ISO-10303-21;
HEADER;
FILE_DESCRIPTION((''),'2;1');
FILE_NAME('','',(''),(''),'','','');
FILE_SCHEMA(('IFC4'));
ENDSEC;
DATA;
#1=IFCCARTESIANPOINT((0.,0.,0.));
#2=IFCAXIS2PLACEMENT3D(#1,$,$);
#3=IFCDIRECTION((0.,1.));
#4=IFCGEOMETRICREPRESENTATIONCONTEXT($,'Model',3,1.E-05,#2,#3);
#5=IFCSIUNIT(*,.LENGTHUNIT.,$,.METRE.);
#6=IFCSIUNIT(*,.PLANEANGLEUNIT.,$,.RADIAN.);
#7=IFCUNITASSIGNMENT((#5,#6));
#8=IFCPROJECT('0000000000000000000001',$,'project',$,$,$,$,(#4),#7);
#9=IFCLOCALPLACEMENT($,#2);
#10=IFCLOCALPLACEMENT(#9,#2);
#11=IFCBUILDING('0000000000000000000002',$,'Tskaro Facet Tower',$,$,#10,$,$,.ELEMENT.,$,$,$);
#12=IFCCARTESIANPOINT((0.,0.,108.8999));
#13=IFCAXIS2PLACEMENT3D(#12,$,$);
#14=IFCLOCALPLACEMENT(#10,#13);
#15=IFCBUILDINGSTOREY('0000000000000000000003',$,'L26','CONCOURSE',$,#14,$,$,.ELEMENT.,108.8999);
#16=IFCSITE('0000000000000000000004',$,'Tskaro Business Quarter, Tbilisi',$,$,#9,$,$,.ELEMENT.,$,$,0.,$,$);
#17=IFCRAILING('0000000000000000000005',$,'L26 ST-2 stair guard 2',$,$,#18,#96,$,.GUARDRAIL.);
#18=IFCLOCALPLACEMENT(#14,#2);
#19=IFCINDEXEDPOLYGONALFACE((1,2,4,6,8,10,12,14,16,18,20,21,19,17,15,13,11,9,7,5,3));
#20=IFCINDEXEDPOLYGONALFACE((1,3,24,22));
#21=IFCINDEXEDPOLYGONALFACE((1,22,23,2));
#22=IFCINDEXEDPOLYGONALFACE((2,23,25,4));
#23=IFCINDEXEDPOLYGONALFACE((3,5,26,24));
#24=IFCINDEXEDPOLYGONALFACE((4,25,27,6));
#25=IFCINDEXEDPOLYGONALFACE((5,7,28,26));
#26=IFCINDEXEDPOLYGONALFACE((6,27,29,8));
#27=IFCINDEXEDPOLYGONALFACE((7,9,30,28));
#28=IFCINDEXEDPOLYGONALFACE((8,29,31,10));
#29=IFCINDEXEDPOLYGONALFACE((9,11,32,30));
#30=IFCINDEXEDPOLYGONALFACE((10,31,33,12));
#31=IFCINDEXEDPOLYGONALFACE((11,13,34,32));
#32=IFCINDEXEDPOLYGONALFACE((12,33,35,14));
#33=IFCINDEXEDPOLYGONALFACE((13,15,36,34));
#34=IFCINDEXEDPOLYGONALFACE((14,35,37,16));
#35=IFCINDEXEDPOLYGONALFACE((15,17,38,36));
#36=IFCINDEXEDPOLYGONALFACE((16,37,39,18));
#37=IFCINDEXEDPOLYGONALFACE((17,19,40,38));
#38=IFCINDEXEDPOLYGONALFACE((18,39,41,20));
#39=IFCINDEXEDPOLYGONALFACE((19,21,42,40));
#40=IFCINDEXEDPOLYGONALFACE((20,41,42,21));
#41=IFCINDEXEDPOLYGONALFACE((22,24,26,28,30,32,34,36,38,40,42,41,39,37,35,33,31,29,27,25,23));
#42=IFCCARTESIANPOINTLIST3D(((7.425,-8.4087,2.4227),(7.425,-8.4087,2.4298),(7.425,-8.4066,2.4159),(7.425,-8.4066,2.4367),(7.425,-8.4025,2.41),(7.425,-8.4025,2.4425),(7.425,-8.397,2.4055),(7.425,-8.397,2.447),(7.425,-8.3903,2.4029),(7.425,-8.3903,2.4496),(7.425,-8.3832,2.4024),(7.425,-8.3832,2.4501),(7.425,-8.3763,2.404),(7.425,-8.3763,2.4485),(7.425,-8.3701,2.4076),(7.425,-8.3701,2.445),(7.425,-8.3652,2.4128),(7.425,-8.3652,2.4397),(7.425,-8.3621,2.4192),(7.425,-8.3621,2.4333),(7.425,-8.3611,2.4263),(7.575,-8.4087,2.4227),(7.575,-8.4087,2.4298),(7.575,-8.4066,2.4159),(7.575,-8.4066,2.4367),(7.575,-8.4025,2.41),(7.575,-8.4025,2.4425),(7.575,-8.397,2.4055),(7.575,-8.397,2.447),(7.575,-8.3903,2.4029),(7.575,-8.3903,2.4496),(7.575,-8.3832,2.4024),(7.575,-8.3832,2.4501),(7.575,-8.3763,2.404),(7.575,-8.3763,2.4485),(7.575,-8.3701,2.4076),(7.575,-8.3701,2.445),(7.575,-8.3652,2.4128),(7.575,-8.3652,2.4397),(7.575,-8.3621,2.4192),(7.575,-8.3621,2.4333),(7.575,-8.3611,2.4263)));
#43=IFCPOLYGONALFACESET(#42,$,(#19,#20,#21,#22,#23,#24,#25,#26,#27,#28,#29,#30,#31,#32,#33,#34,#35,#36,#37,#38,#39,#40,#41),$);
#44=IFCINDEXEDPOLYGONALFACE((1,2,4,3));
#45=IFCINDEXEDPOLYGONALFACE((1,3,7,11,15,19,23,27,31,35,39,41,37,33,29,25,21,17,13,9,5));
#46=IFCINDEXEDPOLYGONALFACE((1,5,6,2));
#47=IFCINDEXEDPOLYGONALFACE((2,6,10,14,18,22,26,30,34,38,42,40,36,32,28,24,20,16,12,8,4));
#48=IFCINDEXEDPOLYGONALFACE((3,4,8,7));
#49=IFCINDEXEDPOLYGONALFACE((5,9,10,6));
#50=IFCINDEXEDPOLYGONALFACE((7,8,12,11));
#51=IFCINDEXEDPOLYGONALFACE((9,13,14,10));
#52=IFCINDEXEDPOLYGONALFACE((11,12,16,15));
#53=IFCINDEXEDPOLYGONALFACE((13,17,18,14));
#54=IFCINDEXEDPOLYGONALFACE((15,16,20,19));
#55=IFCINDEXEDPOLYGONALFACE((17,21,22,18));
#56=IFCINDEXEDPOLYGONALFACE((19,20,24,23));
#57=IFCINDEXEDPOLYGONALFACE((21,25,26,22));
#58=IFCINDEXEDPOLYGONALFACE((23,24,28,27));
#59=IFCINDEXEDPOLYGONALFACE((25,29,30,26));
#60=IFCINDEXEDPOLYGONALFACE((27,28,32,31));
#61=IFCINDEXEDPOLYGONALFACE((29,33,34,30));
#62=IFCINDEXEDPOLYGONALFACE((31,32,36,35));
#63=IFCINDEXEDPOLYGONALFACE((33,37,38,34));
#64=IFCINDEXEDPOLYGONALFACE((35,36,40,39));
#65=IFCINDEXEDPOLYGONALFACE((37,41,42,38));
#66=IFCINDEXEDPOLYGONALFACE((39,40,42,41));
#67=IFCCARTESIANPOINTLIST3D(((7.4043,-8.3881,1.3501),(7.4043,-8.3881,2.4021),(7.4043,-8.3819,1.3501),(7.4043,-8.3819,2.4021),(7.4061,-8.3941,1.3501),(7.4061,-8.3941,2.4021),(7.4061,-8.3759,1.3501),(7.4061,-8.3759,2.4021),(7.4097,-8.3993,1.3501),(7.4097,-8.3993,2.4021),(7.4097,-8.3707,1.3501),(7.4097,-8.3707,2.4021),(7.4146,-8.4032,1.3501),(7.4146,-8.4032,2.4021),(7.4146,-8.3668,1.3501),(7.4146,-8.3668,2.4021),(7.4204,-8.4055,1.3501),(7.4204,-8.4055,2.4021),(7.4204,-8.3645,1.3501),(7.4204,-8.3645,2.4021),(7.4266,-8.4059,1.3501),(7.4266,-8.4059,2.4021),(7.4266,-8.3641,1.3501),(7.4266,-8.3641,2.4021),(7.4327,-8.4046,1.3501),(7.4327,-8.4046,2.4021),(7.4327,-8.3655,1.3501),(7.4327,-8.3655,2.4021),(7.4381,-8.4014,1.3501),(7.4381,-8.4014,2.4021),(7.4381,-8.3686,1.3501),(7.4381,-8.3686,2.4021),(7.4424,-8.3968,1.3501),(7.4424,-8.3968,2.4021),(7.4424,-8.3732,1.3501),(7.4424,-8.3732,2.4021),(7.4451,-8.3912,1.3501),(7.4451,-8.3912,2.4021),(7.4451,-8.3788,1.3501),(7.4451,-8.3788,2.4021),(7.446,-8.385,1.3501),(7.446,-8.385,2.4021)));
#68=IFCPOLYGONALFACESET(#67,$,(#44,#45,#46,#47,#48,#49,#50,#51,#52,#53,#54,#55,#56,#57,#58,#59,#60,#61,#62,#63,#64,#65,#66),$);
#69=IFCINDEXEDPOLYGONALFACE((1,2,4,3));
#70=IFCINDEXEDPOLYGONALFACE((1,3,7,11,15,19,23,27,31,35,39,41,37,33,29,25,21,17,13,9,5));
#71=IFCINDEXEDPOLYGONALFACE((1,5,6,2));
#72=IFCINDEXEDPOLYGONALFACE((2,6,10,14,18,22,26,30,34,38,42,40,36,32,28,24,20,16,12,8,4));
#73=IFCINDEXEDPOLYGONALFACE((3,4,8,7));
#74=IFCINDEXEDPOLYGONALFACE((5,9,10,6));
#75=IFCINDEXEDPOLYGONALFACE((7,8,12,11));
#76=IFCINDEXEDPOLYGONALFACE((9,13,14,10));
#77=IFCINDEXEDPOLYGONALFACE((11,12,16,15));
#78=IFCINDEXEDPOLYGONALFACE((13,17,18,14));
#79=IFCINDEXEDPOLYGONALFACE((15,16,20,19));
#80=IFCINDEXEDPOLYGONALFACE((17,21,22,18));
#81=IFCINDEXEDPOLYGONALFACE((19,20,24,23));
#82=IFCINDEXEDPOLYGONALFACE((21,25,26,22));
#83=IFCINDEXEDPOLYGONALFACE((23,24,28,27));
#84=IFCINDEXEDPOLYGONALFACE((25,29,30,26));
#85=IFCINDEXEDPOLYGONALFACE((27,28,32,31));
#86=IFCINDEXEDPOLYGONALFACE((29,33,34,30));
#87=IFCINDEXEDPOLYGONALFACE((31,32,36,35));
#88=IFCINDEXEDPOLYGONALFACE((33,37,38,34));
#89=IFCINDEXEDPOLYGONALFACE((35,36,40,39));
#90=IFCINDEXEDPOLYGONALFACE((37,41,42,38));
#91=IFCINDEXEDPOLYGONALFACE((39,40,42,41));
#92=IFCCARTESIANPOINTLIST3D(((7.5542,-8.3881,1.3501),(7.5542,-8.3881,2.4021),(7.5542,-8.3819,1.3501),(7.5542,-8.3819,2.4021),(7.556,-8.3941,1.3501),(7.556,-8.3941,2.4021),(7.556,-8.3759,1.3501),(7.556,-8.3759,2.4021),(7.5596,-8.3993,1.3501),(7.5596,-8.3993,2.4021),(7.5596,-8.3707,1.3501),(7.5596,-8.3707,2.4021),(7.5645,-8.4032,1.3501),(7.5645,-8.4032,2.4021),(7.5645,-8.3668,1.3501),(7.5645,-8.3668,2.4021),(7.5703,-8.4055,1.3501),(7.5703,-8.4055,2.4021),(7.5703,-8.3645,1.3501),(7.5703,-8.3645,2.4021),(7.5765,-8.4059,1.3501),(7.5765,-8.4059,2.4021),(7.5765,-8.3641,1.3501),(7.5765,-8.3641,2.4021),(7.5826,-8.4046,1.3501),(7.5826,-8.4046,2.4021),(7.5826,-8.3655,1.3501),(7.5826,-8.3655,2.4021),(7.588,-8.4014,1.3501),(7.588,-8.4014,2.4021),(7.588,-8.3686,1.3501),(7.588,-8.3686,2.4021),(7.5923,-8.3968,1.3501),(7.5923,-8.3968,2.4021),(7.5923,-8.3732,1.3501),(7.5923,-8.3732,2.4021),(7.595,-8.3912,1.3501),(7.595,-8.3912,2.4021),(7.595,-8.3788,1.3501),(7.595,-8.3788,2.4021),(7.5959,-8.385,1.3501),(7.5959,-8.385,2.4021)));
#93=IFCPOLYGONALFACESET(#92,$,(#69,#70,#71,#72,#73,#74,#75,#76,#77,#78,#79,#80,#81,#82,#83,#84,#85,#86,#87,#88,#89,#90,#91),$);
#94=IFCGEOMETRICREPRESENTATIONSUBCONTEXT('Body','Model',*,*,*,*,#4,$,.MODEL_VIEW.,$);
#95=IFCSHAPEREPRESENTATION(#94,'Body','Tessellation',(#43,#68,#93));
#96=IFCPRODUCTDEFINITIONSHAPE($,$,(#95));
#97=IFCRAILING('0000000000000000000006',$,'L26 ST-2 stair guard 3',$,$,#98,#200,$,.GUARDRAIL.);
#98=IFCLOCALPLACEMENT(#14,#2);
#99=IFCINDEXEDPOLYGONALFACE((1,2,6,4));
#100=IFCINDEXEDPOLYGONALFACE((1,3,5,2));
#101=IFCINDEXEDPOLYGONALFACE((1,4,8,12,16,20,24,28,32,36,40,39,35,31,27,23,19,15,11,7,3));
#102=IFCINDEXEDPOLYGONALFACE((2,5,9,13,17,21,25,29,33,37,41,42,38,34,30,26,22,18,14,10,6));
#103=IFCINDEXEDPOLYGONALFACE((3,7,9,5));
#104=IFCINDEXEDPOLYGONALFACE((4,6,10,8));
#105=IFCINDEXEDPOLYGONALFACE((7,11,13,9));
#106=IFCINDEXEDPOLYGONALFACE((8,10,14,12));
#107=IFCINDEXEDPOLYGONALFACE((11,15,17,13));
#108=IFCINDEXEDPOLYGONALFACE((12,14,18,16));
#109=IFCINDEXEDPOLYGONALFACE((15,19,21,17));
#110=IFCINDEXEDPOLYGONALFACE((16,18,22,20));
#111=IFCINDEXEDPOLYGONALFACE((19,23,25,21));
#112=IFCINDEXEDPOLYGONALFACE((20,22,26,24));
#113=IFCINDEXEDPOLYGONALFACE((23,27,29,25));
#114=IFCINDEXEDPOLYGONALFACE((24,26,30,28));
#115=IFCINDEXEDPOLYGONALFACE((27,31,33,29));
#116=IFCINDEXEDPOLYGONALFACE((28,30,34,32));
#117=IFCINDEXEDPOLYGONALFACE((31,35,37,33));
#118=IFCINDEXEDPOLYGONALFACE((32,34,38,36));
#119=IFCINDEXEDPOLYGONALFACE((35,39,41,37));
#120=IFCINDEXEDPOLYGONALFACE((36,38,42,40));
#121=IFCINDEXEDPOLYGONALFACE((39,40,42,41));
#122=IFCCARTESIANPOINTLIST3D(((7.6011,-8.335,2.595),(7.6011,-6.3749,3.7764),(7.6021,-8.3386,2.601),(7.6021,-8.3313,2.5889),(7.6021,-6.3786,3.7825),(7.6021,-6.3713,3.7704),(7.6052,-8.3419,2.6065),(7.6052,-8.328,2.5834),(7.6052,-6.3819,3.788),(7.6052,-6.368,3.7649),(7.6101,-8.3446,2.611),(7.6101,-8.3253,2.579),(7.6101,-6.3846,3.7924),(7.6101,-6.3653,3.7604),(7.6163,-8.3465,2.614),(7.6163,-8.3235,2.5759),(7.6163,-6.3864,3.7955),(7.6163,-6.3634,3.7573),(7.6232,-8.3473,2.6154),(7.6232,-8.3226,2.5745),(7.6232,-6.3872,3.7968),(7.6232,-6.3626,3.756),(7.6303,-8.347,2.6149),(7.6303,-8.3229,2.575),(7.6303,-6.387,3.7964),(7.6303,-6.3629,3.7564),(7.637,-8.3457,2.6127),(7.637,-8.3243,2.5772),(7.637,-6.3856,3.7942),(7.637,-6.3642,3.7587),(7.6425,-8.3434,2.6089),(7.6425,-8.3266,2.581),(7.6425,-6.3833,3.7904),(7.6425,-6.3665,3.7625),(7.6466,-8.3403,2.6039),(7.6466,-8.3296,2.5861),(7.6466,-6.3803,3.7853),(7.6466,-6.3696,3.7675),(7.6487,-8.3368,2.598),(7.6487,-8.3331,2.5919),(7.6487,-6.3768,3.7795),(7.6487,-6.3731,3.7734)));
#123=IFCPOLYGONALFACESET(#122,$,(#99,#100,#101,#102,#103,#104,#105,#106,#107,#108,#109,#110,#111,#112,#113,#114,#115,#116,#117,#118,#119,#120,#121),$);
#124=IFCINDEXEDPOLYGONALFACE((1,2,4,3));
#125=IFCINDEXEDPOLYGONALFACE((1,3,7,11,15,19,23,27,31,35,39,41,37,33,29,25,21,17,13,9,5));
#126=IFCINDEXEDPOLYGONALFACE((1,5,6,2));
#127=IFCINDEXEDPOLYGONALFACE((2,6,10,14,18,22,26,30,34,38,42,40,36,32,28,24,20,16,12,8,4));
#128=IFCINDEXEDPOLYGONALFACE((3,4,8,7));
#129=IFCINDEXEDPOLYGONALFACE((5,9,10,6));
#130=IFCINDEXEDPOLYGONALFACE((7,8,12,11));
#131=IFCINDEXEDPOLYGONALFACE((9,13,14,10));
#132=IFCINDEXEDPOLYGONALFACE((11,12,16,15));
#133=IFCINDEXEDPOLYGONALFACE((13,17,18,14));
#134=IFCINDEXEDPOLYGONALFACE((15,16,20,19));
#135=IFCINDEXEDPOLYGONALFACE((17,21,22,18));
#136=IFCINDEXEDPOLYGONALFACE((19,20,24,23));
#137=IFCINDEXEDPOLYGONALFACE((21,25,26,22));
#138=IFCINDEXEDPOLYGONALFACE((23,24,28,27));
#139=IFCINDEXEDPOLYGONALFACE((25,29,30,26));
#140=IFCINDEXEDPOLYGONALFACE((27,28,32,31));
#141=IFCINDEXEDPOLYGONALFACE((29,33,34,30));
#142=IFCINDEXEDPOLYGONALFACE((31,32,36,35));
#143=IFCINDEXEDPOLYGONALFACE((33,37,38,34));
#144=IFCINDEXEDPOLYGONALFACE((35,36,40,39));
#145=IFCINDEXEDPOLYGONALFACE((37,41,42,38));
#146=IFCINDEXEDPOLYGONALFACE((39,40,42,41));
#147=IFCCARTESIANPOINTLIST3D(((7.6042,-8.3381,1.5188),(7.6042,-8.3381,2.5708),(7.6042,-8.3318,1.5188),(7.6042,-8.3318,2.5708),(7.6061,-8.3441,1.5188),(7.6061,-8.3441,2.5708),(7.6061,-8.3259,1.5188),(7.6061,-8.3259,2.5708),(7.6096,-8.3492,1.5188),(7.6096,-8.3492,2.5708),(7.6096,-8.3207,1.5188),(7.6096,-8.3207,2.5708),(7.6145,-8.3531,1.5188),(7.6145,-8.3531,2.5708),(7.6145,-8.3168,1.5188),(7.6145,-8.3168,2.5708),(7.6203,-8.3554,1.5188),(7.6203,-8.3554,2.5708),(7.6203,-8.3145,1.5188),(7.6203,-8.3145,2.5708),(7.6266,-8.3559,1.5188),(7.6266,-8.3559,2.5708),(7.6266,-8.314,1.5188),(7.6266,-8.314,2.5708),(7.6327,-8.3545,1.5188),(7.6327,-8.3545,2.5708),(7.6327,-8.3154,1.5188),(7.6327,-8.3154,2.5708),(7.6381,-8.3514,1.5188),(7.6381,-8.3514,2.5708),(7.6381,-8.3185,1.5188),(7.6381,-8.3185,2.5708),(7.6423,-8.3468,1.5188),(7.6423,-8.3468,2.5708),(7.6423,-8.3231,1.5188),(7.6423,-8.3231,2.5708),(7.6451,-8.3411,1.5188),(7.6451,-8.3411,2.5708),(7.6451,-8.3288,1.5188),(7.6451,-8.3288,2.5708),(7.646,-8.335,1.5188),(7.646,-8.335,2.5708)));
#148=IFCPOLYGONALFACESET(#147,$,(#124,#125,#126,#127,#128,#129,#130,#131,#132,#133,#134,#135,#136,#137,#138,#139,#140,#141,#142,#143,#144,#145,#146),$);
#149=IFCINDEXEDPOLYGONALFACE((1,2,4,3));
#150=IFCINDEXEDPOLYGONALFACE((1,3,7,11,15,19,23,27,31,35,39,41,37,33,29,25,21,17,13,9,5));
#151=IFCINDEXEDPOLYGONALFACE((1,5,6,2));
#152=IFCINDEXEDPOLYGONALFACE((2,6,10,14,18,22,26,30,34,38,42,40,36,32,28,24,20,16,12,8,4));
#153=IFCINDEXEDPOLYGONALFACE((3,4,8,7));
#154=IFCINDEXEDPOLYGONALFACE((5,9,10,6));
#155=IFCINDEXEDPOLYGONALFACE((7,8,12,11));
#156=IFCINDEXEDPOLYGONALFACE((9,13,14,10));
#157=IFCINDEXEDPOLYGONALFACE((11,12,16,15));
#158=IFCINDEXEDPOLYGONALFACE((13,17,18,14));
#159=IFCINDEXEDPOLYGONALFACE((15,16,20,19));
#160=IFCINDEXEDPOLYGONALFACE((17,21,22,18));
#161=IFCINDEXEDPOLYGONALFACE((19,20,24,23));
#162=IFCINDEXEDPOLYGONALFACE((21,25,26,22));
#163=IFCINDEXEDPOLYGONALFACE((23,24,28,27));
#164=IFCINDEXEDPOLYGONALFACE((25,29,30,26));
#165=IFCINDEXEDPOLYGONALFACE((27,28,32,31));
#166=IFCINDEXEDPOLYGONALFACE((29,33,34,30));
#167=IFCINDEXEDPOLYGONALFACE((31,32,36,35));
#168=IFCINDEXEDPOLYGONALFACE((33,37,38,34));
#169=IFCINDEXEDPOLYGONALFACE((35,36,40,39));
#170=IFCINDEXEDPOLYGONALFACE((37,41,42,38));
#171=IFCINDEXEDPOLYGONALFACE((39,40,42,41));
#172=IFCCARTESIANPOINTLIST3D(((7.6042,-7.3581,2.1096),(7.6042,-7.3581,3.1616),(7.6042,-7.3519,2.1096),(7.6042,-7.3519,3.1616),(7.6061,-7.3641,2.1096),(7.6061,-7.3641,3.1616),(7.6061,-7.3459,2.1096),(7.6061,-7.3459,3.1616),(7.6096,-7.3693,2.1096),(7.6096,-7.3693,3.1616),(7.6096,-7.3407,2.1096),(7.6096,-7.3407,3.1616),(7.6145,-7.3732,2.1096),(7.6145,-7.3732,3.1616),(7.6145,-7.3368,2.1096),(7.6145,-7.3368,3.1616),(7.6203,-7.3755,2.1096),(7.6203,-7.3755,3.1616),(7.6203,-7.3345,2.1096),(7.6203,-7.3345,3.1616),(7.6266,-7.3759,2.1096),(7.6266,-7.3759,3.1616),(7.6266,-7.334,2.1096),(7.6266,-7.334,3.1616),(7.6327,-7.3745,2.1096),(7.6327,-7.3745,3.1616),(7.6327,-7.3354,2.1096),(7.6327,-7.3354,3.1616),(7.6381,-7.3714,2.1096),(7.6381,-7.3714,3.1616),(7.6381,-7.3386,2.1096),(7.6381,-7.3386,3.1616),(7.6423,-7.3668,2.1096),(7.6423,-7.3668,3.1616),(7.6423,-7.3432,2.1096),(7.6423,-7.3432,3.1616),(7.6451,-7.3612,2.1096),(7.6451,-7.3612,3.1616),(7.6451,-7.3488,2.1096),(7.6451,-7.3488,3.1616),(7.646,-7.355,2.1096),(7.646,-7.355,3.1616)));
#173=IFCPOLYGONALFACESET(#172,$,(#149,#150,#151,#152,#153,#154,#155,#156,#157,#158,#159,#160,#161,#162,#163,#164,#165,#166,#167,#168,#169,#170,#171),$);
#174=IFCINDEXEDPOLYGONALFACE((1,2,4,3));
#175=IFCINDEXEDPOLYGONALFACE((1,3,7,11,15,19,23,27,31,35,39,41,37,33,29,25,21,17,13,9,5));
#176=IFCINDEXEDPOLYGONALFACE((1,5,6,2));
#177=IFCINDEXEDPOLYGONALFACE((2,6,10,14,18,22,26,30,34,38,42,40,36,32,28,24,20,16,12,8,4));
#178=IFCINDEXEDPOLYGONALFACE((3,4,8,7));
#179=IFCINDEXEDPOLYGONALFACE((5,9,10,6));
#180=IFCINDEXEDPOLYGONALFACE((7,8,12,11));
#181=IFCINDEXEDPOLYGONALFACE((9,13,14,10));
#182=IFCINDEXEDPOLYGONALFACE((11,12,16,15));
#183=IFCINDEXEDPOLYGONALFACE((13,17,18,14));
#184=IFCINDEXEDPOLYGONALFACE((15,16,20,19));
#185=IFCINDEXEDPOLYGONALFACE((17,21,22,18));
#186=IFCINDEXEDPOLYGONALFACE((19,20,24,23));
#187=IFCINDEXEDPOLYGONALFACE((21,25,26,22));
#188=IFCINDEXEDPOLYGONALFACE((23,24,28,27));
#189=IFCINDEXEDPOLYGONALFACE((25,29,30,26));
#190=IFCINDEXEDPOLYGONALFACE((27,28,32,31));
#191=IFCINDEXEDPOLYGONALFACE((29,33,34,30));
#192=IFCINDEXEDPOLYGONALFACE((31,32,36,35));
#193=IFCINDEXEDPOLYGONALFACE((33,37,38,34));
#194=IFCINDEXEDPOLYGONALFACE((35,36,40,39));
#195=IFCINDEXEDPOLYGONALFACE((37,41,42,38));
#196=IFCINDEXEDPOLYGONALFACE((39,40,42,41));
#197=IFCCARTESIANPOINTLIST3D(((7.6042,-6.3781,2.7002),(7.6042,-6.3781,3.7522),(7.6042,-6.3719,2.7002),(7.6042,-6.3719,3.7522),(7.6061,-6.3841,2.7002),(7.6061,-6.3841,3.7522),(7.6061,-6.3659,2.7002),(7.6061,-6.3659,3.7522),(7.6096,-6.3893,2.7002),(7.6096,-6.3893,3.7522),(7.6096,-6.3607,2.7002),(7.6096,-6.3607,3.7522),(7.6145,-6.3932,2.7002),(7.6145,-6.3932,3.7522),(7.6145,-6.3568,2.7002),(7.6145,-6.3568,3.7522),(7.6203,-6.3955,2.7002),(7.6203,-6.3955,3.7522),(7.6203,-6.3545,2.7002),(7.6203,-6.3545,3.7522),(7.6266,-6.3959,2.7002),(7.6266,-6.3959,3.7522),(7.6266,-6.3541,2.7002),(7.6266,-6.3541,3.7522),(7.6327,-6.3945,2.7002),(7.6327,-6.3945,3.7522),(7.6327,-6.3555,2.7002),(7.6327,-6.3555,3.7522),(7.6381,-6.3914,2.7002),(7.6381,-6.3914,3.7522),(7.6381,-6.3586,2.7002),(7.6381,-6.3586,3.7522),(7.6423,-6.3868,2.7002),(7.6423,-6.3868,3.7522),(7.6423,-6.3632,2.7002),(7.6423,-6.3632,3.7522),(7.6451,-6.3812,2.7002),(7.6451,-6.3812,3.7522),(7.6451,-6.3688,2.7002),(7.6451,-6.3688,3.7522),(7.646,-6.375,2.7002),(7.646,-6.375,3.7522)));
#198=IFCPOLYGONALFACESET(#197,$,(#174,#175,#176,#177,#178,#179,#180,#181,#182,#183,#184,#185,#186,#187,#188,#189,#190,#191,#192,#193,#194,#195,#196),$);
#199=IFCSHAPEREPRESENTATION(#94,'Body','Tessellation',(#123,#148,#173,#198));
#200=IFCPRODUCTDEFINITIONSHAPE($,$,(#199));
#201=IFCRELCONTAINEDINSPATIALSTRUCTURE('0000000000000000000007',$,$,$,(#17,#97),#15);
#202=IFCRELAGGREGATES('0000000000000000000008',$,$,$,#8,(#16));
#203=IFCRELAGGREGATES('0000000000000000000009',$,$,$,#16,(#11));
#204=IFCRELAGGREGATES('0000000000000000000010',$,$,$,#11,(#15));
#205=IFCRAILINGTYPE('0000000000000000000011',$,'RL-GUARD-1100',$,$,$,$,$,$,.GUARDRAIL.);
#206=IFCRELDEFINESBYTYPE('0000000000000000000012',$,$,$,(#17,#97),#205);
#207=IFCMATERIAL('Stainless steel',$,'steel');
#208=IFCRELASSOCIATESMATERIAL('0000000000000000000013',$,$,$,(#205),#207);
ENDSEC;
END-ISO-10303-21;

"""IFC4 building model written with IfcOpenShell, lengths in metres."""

from ifc_helpers import new_model, si_unit, direction, frame, origin, origin_2d, place, context, subcontext, project, spatial, circle, extrude, material, type_object, element, save


model = new_model("IFC4")

# Units and contexts
model_context = context("Model", 3, precision=1e-05, world=origin(), true_north=direction((0.0, 1.0)))
body_context = subcontext(model_context, "Body", "Model", "MODEL_VIEW")
ifc_project = project(units=[si_unit("LENGTHUNIT", "METRE"), si_unit("PLANEANGLEUNIT", "RADIAN")], contexts=[model_context])

# Site, building, storey
site_placement = place(None, origin())
site = spatial("IfcSite", under=ifc_project, at=site_placement, Name="Tskaro Business Quarter, Tbilisi", CompositionType="ELEMENT", RefElevation=0.0)
building_placement = place(site_placement, origin())
building = spatial("IfcBuilding", under=site, at=building_placement, Name="Tskaro Facet Tower", CompositionType="ELEMENT")
storey_placement = place(building_placement, frame((0.0, 0.0, 108.8999)))
storey = spatial("IfcBuildingStorey", under=building, at=storey_placement, Name="L26", Description="CONCOURSE", CompositionType="ELEMENT", Elevation=108.8999)

# Shared definitions
ifc_material_1 = material(Name="Stainless steel", Category="steel")

# Railings
railing_type_1 = type_object("IfcRailingType", Name="RL-GUARD-1100", PredefinedType="GUARDRAIL", material=ifc_material_1)
railing_1_placement = place(storey_placement, frame((7.425, -8.385, 1.3501)))
element("IfcRailing", 1, at=railing_1_placement, inside=storey, type_object=railing_type_1, Name="L26 ST-2 stair guard 2", PredefinedType="GUARDRAIL", context=body_context, shape_type="SweptSolid", body=[
    extrude(circle(Radius=0.0239, at=origin_2d()), frame((0.0, 0.0, 1.0762), z_axis=(1.0, 0.0, 0.0), x_axis=(0.0, 1.0, 0.0)), (0.0, 0.0, 1.0), 0.1499),
    extrude(circle(Radius=0.021, at=origin_2d()), origin(), (0.0, 0.0, 1.0), 1.052),
    extrude(circle(Radius=0.021, at=origin_2d()), frame((0.1499, 0.0, 0.0)), (0.0, 0.0, 1.0), 1.052),
])
railing_2_placement = place(storey_placement, frame((7.625, -8.335, 1.5188)))
element("IfcRailing", 2, at=railing_2_placement, inside=storey, type_object=railing_type_1, Name="L26 ST-2 stair guard 3", PredefinedType="GUARDRAIL", context=body_context, shape_type="SweptSolid", body=[
    extrude(circle(Radius=0.0239, at=origin_2d()), frame((0.0, 0.0, 1.0762), z_axis=(0.0, 0.856446, 0.516236), x_axis=(-1.0, 0.0, 0.0)), (0.0, 0.0, 1.0), 2.2886),
    extrude(circle(Radius=0.021, at=origin_2d()), origin(), (0.0, 0.0, 1.0), 1.052),
    extrude(circle(Radius=0.021, at=origin_2d()), frame((0.0, 0.98, 0.5908)), (0.0, 0.0, 1.0), 1.052),
    extrude(circle(Radius=0.021, at=origin_2d()), frame((0.0, 1.96, 1.1814)), (0.0, 0.0, 1.0), 1.052),
])

save(model, "model.ifc")
